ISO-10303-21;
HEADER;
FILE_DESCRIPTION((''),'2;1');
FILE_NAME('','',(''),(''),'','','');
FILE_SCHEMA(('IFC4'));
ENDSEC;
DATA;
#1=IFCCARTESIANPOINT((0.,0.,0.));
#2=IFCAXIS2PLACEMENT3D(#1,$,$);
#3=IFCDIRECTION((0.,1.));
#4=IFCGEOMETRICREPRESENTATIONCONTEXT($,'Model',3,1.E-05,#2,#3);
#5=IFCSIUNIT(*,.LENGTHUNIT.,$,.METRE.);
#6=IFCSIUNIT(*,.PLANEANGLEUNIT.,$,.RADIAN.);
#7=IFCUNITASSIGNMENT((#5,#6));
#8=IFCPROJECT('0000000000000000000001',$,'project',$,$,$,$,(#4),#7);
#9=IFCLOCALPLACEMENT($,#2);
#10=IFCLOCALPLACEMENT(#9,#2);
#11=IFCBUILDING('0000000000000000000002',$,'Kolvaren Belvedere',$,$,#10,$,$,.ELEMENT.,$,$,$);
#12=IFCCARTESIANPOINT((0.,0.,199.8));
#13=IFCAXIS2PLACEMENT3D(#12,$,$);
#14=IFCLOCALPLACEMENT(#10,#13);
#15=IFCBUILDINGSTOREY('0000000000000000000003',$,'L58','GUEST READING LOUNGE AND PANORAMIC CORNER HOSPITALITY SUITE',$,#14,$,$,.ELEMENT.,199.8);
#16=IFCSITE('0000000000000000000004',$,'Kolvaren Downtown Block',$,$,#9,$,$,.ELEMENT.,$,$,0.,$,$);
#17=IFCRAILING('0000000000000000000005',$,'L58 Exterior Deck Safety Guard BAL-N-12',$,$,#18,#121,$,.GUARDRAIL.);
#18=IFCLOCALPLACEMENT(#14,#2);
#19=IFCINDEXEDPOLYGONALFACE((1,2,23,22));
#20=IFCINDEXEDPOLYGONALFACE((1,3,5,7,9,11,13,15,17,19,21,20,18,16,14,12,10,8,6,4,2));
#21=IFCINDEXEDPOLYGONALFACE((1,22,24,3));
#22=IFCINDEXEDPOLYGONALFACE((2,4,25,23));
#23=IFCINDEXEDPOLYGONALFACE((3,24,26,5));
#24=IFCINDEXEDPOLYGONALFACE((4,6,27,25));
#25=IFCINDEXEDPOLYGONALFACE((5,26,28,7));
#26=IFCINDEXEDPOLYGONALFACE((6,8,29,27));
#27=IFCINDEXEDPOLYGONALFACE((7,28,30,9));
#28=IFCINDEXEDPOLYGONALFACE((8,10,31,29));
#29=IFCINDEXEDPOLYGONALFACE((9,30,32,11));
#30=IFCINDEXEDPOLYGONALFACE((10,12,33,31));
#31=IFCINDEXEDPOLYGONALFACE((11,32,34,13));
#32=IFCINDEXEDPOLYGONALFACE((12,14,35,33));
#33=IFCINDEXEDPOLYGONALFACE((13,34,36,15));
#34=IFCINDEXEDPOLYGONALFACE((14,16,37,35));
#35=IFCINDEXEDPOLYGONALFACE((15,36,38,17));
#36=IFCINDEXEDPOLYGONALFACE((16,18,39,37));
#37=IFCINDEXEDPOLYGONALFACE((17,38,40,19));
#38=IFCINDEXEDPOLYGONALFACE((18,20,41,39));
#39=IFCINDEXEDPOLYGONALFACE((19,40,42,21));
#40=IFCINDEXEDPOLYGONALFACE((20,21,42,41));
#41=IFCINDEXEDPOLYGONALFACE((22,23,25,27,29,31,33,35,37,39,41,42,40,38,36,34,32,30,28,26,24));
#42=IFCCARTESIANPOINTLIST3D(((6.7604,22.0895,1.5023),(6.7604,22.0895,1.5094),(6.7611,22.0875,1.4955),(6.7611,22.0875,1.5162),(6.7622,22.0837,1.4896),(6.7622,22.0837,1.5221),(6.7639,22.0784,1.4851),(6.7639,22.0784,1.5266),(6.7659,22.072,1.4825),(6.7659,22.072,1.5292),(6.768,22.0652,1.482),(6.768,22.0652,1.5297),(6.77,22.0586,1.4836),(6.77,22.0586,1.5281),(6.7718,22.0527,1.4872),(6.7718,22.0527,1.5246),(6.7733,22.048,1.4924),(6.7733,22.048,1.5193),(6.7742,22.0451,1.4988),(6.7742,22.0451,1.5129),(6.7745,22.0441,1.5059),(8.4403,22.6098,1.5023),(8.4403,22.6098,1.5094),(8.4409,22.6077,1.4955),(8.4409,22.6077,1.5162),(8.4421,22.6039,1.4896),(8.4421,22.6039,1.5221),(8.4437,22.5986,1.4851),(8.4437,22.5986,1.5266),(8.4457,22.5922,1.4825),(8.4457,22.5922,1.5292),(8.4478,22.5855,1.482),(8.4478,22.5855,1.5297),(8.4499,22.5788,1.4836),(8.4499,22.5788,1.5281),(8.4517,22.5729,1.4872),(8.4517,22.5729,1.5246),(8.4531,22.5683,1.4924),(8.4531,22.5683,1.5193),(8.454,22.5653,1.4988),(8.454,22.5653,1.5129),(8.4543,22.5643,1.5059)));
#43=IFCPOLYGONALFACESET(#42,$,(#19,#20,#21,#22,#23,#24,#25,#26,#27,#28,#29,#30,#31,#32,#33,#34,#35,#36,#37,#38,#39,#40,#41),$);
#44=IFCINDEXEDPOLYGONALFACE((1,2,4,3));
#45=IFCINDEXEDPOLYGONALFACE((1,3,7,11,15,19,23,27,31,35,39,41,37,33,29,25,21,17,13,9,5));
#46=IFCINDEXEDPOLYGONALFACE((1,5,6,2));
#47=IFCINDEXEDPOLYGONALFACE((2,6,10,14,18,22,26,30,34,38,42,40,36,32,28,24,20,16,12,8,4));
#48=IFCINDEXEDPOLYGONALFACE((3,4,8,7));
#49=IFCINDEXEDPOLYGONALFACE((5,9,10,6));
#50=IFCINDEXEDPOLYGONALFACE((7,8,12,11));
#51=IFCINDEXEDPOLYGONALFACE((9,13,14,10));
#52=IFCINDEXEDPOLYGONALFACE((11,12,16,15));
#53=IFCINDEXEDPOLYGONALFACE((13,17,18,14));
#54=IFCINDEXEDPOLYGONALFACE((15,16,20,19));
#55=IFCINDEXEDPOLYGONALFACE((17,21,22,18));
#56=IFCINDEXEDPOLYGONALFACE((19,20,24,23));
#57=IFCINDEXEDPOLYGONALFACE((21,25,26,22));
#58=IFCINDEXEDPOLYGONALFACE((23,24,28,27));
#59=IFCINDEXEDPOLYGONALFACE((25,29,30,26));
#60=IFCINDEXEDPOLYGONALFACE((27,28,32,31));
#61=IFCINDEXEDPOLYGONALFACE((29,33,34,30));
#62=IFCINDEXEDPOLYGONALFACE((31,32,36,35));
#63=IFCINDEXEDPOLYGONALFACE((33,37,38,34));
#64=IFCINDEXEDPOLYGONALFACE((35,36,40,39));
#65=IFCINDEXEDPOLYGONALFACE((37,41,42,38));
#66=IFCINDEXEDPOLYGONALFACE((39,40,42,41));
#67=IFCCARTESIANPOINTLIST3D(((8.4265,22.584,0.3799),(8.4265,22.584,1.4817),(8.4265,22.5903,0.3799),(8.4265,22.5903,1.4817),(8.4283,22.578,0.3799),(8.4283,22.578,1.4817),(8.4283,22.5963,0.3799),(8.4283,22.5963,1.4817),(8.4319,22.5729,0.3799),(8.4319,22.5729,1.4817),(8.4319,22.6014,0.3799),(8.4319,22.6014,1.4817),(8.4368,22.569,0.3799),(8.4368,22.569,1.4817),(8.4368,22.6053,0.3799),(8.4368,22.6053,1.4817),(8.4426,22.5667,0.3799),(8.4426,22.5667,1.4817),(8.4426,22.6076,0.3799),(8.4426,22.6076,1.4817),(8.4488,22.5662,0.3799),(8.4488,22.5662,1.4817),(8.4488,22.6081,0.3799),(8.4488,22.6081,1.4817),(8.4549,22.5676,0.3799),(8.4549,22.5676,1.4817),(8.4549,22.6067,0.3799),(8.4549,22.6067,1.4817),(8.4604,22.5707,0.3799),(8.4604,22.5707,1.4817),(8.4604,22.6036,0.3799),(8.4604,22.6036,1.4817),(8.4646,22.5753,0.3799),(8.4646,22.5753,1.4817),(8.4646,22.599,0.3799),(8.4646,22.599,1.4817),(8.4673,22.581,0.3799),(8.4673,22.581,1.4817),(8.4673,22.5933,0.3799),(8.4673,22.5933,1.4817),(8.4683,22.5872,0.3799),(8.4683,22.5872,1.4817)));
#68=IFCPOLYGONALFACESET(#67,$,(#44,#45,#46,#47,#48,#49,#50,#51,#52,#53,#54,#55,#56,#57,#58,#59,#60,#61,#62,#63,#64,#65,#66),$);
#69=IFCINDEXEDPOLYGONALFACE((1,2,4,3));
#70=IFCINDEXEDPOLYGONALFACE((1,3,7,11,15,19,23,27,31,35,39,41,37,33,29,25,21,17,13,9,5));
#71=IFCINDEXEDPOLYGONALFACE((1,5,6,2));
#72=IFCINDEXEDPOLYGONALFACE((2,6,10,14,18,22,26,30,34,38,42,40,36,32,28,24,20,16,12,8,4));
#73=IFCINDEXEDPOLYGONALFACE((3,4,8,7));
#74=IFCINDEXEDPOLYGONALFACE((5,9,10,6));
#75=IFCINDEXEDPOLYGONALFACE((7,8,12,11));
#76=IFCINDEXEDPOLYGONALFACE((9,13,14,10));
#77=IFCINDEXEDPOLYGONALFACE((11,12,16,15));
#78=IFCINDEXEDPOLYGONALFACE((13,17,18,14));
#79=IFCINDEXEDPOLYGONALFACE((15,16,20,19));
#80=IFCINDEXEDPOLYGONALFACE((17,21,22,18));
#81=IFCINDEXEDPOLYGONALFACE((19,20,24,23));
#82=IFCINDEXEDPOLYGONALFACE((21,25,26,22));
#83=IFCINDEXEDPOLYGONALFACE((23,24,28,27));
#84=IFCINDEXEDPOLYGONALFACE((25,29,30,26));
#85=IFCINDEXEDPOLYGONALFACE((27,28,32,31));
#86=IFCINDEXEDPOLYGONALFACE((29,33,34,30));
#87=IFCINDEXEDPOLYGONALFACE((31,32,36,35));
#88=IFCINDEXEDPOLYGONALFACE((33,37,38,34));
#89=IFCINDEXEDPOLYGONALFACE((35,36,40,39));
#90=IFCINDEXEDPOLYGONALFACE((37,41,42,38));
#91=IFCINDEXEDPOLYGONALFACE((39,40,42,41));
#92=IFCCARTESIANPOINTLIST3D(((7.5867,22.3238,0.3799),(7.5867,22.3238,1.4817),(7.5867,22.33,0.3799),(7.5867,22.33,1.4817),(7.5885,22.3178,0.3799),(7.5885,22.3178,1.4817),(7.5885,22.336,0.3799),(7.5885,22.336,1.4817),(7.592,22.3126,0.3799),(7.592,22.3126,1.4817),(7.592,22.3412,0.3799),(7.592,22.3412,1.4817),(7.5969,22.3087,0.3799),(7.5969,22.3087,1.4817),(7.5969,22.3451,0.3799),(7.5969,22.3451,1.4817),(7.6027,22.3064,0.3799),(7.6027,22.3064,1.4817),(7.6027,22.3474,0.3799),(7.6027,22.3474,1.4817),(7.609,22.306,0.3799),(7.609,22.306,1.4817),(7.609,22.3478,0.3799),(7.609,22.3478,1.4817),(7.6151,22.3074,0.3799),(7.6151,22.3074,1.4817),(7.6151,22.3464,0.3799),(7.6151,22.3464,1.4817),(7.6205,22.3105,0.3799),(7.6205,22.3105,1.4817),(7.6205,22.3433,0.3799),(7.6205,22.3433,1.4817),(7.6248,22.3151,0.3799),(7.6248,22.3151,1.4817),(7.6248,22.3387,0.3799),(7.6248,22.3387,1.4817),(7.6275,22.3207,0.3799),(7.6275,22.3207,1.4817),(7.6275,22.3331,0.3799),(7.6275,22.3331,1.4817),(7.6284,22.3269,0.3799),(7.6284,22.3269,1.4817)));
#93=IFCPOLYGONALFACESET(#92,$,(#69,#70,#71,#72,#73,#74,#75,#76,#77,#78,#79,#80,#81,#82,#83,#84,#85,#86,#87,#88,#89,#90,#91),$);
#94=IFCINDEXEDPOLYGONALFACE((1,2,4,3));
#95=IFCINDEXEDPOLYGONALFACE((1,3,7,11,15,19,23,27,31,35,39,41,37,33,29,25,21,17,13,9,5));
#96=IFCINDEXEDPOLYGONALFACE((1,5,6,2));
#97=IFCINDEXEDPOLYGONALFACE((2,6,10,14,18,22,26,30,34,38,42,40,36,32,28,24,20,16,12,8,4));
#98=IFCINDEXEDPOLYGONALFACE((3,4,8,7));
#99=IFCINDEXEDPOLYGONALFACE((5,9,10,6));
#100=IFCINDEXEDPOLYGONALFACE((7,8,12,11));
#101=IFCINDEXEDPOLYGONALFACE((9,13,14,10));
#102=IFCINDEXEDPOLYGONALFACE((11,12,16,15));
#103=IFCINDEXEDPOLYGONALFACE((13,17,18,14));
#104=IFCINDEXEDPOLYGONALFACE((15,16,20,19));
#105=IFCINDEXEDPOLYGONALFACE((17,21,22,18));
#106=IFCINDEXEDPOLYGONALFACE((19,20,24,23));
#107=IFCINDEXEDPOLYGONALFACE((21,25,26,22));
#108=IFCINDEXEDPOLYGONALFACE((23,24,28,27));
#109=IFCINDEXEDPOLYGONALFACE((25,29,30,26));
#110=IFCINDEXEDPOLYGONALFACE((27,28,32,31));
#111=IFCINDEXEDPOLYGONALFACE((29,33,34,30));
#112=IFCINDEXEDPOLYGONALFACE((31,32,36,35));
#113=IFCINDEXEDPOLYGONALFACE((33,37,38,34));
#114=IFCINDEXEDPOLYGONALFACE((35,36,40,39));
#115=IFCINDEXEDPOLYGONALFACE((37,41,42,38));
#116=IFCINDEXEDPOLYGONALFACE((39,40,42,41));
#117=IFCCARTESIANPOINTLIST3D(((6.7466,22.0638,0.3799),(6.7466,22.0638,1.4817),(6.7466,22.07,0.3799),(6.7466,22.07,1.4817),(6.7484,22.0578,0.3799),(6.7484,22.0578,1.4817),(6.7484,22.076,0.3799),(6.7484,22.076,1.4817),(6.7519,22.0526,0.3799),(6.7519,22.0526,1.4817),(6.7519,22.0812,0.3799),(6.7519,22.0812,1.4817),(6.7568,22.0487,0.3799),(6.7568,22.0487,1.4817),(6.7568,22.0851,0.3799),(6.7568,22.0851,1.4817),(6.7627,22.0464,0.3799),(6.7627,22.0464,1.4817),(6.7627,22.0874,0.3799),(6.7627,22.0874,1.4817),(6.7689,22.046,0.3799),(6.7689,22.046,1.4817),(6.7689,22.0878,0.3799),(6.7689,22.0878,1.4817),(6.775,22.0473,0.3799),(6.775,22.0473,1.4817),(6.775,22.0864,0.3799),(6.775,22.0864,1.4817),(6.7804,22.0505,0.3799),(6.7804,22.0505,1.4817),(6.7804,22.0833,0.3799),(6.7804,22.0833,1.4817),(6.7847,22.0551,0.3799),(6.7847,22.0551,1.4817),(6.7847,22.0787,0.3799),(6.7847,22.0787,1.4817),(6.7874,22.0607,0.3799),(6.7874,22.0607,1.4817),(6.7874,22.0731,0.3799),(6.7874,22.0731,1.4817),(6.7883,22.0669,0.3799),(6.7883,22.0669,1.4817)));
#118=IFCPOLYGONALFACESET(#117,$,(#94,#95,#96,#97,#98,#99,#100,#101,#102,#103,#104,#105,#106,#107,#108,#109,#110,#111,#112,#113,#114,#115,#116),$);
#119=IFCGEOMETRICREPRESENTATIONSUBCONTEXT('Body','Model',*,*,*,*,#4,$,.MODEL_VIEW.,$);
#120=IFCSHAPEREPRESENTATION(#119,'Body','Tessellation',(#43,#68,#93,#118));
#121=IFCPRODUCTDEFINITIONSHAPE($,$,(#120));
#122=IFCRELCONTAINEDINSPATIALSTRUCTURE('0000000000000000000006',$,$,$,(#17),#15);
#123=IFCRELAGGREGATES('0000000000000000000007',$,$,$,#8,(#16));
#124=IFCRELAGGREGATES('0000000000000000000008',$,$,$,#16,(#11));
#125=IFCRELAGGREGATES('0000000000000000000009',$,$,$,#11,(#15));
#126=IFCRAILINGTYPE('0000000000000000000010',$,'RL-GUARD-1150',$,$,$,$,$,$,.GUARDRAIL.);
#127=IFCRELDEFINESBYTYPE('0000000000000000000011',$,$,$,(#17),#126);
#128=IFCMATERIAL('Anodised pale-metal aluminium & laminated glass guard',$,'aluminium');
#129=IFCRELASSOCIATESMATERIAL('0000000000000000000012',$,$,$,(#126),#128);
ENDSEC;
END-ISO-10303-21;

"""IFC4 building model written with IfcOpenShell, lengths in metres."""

from ifc_helpers import new_model, si_unit, direction, frame, origin, origin_2d, place, context, subcontext, project, spatial, circle, extrude, material, type_object, element, save


model = new_model("IFC4")

# Units and contexts
model_context = context("Model", 3, precision=1e-05, world=origin(), true_north=direction((0.0, 1.0)))
body_context = subcontext(model_context, "Body", "Model", "MODEL_VIEW")
ifc_project = project(units=[si_unit("LENGTHUNIT", "METRE"), si_unit("PLANEANGLEUNIT", "RADIAN")], contexts=[model_context])

# Site, building, storey
site_placement = place(None, origin())
site = spatial("IfcSite", under=ifc_project, at=site_placement, Name="Kolvaren Downtown Block", CompositionType="ELEMENT", RefElevation=0.0)
building_placement = place(site_placement, origin())
building = spatial("IfcBuilding", under=site, at=building_placement, Name="Kolvaren Belvedere", CompositionType="ELEMENT")
storey_placement = place(building_placement, frame((0.0, 0.0, 199.8)))
storey = spatial("IfcBuildingStorey", under=building, at=storey_placement, Name="L58", Description="GUEST READING LOUNGE AND PANORAMIC CORNER HOSPITALITY SUITE", CompositionType="ELEMENT", Elevation=199.8)

# Railing
ifc_material_1 = material(Name="Anodised pale-metal aluminium & laminated glass guard", Category="aluminium")
railing_type = type_object("IfcRailingType", Name="RL-GUARD-1150", PredefinedType="GUARDRAIL", material=ifc_material_1)
railing_1_placement = place(storey_placement, frame((8.4473, 22.5872, 0.3799)))
element("IfcRailing", 1, at=railing_1_placement, inside=storey, type_object=railing_type, Name="L58 Exterior Deck Safety Guard BAL-N-12", PredefinedType="GUARDRAIL", context=body_context, shape_type="SweptSolid", body=[
    extrude(circle(Radius=0.0239, at=origin_2d()), frame((0.0, 0.0, 1.126), z_axis=(-0.95524, -0.295832, 0.0), x_axis=(0.295832, -0.95524, 0.0)), (0.0, 0.0, 1.0), 1.7585),
    extrude(circle(Radius=0.021, at=origin_2d()), origin(), (0.0, 0.0, 1.0), 1.1018),
    extrude(circle(Radius=0.021, at=origin_2d()), frame((-0.8398, -0.2603, 0.0)), (0.0, 0.0, 1.0), 1.1018),
    extrude(circle(Radius=0.021, at=origin_2d()), frame((-1.6799, -0.5203, 0.0)), (0.0, 0.0, 1.0), 1.1018),
])

save(model, "model.ifc")
